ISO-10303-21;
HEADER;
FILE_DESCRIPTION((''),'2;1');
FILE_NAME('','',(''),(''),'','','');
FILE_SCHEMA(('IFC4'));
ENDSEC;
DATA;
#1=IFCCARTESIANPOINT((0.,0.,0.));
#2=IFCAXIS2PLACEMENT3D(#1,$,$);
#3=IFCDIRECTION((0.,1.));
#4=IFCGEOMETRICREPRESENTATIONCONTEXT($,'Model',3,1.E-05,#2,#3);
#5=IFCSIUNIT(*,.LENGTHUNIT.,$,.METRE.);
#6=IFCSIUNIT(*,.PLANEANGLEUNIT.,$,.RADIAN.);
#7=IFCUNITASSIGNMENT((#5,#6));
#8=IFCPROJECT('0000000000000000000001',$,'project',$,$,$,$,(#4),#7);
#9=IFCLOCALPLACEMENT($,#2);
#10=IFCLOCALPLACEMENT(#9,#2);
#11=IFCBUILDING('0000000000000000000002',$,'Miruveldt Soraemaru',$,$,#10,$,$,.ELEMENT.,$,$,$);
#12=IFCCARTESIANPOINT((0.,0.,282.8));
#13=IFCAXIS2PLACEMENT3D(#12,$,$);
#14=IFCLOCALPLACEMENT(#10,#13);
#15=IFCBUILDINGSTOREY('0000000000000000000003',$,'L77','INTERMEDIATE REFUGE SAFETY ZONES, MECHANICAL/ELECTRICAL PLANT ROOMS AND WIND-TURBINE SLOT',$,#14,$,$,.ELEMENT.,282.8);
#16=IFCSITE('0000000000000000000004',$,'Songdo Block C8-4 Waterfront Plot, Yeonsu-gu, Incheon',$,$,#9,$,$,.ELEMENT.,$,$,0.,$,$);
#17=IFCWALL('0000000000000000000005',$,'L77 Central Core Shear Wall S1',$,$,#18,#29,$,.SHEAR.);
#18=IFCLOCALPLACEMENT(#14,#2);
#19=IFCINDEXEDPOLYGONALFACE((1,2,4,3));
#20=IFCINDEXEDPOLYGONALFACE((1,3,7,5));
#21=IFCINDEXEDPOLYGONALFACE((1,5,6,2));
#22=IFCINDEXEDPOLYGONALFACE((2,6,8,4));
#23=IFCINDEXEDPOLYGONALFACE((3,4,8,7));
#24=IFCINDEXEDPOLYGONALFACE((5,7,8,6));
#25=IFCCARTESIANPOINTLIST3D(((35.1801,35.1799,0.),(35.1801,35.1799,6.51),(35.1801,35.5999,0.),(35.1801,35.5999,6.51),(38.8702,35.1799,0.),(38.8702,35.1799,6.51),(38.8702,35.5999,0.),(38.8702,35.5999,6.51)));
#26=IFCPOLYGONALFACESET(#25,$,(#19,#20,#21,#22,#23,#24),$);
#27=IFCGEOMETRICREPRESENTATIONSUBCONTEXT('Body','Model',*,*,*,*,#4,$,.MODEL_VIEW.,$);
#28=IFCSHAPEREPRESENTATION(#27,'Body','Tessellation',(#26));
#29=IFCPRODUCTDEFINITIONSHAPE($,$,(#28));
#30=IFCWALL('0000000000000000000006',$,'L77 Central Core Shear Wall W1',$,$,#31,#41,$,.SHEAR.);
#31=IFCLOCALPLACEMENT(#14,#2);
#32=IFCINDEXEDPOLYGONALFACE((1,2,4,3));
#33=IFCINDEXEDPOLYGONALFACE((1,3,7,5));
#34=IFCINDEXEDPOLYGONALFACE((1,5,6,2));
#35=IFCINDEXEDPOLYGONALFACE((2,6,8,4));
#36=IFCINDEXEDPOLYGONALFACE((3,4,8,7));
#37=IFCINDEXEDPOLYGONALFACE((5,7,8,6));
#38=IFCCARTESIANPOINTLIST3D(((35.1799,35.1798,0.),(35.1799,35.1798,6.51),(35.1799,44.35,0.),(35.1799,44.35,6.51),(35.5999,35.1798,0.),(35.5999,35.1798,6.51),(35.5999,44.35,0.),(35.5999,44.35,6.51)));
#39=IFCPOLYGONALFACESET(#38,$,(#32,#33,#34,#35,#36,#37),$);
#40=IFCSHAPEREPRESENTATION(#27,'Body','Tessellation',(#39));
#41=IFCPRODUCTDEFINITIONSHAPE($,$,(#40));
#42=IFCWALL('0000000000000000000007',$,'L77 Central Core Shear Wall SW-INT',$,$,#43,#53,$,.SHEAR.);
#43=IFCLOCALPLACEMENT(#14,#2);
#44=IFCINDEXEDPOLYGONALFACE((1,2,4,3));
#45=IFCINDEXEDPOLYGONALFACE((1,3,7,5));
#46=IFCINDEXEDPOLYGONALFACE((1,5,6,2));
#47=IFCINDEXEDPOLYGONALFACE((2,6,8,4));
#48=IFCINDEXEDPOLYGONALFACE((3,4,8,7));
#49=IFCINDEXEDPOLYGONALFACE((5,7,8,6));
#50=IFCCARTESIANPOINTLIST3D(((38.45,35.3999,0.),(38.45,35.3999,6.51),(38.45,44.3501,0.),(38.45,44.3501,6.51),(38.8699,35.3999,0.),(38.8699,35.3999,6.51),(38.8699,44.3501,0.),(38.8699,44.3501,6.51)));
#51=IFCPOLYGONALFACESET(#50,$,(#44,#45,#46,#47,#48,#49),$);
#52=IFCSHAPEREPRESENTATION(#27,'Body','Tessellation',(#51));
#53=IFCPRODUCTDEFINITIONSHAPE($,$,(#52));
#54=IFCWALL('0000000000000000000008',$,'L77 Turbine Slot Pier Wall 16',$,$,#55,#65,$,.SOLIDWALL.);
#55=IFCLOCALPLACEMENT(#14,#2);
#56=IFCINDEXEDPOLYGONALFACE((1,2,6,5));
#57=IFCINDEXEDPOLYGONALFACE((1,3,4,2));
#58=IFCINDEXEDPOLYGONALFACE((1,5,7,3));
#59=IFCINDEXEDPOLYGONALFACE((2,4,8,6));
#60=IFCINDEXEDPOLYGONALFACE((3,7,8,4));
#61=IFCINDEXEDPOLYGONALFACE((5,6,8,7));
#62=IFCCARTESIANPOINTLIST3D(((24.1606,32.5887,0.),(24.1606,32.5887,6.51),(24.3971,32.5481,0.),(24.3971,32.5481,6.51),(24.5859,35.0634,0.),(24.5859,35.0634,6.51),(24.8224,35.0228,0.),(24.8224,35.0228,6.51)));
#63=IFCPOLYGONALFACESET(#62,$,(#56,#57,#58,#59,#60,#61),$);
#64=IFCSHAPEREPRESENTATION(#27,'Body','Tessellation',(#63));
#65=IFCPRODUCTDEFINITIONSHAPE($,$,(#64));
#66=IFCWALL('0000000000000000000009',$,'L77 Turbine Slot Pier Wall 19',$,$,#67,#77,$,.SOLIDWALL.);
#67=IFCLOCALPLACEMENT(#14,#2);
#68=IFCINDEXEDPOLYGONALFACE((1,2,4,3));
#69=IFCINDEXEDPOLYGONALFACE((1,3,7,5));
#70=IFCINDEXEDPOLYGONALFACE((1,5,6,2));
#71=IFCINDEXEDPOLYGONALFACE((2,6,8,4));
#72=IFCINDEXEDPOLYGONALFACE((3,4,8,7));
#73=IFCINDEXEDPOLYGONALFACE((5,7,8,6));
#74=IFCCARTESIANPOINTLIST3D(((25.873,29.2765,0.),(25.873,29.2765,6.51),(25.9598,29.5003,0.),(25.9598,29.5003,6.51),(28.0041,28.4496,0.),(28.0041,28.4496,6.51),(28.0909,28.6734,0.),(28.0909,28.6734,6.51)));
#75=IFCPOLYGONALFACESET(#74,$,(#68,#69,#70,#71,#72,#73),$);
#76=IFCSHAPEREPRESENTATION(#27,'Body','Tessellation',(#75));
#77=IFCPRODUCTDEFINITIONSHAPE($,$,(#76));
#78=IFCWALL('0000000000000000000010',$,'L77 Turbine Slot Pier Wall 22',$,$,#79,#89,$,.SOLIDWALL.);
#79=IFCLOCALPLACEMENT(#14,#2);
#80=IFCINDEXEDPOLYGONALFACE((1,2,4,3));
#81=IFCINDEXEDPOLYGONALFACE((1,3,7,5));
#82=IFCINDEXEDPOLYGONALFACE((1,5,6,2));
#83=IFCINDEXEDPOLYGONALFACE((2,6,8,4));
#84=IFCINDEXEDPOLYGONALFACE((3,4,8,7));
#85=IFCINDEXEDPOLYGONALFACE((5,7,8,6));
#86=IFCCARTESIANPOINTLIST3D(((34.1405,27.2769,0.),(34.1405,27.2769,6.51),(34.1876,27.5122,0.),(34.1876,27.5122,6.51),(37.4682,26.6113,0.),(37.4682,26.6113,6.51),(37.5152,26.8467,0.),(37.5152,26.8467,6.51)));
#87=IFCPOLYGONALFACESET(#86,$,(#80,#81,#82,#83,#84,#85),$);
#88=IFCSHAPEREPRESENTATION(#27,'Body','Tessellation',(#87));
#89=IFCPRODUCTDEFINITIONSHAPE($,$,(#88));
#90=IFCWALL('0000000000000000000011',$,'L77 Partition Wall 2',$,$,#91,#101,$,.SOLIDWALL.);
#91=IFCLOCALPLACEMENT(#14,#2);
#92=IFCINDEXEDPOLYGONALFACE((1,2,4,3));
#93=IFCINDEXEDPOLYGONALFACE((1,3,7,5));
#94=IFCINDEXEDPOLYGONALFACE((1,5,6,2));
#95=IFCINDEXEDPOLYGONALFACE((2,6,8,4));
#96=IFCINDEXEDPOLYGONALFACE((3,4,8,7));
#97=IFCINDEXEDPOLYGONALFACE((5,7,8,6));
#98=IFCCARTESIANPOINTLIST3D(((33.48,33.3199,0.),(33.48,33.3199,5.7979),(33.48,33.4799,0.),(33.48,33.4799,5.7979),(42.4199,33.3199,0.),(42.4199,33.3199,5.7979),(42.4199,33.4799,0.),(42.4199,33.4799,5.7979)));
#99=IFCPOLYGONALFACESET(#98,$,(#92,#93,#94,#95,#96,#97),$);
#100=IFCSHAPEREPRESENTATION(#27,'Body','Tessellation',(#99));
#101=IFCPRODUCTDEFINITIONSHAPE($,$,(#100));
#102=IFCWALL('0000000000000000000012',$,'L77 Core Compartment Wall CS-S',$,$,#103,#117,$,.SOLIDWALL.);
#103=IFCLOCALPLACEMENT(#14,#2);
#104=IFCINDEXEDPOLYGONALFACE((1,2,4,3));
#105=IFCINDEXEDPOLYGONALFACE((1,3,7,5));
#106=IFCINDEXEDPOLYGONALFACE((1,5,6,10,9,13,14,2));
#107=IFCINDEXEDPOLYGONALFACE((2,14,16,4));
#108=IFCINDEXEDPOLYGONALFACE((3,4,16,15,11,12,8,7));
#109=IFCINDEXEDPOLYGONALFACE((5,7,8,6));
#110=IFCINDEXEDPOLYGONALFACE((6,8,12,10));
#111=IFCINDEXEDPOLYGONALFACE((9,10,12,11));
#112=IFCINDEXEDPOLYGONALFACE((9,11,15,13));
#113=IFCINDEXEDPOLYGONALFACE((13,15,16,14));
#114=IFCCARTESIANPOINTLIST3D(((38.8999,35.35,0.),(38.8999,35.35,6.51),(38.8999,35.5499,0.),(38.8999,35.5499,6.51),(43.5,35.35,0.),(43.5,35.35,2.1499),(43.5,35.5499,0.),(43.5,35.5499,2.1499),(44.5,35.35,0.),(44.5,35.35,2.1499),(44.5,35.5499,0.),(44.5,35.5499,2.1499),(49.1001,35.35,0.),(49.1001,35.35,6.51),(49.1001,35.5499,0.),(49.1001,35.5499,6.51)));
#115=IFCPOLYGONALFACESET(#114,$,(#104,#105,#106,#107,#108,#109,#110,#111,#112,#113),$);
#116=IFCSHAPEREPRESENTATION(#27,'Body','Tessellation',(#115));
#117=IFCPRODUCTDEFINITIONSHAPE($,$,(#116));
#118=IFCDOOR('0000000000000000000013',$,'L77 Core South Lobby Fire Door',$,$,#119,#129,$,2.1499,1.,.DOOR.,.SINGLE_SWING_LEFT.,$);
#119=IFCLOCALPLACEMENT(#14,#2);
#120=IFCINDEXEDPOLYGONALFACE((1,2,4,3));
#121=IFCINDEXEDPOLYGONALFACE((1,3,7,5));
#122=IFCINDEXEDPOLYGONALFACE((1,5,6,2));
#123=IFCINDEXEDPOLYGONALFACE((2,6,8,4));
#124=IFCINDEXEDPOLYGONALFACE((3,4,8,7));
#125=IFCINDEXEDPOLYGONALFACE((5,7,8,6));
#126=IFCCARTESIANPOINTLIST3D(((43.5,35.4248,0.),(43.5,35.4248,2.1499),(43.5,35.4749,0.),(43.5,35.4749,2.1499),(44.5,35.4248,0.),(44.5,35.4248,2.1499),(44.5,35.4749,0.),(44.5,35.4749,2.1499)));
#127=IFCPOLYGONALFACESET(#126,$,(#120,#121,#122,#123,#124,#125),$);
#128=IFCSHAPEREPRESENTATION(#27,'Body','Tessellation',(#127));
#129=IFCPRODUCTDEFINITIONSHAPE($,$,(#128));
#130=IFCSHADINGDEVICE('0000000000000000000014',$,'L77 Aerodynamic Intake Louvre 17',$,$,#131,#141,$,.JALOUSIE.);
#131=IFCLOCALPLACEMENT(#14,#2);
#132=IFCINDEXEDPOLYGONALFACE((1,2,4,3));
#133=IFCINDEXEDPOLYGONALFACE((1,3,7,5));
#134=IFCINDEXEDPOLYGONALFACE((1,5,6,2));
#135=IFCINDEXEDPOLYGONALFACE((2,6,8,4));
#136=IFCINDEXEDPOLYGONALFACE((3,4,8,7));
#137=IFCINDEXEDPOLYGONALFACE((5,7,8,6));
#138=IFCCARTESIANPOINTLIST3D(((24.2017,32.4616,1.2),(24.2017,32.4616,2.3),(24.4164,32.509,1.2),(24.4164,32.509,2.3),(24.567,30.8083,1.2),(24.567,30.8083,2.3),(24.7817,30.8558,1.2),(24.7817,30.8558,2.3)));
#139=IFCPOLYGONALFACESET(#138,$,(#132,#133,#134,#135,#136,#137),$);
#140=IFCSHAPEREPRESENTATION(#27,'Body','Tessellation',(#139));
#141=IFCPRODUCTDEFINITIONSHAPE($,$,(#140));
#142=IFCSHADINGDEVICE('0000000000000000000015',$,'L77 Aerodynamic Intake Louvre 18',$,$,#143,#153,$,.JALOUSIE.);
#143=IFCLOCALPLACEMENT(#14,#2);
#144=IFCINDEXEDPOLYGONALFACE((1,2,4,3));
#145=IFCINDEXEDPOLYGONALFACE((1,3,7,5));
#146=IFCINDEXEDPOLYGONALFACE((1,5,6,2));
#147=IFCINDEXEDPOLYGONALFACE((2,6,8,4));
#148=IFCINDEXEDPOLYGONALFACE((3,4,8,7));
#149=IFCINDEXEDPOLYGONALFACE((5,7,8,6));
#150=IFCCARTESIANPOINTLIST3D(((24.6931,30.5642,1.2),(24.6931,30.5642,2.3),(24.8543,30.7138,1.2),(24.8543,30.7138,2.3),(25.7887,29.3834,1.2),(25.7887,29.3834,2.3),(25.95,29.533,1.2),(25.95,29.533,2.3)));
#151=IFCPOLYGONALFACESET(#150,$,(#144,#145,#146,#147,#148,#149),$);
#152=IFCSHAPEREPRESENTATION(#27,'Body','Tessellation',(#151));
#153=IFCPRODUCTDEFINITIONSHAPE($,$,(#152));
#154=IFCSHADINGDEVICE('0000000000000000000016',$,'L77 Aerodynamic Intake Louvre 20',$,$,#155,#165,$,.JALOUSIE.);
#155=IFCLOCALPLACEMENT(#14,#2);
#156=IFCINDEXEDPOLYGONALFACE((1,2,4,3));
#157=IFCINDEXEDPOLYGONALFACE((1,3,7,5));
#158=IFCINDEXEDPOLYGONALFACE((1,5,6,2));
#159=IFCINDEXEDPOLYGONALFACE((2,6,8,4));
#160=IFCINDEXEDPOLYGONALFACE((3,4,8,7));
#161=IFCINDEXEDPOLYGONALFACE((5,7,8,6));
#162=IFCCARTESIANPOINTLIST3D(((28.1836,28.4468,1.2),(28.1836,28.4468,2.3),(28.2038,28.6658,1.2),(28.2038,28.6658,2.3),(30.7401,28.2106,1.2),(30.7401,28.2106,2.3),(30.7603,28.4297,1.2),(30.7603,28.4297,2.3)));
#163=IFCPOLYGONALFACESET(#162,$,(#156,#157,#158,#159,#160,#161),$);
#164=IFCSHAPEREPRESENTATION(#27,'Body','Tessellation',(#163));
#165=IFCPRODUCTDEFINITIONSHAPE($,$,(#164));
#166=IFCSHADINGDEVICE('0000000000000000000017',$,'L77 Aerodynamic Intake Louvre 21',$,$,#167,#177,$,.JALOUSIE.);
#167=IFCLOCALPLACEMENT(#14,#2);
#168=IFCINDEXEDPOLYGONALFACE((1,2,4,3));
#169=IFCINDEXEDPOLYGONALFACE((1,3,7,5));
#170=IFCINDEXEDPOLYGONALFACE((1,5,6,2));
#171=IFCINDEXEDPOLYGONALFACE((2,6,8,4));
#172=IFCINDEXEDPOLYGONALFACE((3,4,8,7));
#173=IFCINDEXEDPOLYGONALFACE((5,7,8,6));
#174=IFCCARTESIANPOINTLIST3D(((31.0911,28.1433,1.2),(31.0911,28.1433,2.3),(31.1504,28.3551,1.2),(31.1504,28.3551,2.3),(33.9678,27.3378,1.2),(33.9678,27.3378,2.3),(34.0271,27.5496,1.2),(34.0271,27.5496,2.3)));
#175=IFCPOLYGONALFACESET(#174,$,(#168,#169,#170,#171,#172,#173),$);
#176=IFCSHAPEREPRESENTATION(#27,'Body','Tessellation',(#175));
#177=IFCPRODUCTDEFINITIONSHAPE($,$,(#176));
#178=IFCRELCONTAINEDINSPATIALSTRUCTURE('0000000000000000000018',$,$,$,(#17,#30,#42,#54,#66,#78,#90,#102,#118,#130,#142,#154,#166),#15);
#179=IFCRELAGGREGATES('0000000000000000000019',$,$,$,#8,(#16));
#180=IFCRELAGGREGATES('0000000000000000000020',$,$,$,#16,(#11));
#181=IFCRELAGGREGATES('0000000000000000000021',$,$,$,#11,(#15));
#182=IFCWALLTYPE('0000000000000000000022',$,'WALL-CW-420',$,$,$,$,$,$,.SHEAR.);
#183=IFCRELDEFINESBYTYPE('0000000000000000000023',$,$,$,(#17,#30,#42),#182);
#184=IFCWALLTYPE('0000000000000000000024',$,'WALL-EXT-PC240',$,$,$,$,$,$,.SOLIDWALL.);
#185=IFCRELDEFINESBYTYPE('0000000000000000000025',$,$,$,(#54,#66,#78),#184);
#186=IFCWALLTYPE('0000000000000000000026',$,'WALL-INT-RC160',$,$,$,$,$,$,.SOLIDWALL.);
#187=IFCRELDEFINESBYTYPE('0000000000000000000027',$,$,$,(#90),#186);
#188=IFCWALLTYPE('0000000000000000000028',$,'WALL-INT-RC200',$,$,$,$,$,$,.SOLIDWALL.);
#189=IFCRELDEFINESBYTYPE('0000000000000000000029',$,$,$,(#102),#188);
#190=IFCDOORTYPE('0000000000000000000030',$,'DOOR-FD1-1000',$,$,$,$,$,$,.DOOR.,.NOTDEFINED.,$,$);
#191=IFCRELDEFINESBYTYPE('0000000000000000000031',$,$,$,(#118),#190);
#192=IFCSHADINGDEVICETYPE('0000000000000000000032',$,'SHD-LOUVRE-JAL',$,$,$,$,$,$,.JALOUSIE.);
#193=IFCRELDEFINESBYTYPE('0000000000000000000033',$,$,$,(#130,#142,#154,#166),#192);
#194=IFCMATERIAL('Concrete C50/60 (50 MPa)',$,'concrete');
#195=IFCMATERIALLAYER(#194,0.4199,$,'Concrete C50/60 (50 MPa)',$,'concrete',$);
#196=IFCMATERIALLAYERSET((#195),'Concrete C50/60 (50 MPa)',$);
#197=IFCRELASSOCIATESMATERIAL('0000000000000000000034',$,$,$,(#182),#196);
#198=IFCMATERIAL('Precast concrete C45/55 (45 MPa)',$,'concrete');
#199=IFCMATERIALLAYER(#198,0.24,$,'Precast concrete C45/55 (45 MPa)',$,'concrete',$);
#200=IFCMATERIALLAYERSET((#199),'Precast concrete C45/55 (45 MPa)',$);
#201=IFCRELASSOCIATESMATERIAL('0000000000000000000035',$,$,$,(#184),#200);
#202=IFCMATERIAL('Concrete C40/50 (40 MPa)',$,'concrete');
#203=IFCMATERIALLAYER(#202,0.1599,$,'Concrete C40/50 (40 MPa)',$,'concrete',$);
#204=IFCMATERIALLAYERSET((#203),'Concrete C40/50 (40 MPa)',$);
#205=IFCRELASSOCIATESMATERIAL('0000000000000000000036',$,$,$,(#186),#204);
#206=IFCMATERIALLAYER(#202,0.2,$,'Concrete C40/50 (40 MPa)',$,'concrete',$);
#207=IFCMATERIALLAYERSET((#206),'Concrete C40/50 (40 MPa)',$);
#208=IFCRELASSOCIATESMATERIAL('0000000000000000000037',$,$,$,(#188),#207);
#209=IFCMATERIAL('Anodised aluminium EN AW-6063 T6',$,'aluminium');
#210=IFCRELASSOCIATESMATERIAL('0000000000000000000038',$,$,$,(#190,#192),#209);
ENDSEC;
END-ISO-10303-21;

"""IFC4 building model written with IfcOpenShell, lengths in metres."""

from ifc_helpers import new_model, si_unit, direction, frame, frame_2d, origin, origin_2d, place, context, subcontext, project, spatial, rectangle, extrude, material, layer, layer_set, type_object, element, fill, save


model = new_model("IFC4")

# Units and contexts
model_context = context("Model", 3, precision=1e-05, world=origin(), true_north=direction((0.0, 1.0)))
body_context = subcontext(model_context, "Body", "Model", "MODEL_VIEW")
ifc_project = project(units=[si_unit("LENGTHUNIT", "METRE"), si_unit("PLANEANGLEUNIT", "RADIAN")], contexts=[model_context])

# Site, building, storey
site_placement = place(None, origin())
site = spatial("IfcSite", under=ifc_project, at=site_placement, Name="Songdo Block C8-4 Waterfront Plot, Yeonsu-gu, Incheon", CompositionType="ELEMENT", RefElevation=0.0)
building_placement = place(site_placement, origin())
building = spatial("IfcBuilding", under=site, at=building_placement, Name="Miruveldt Soraemaru", CompositionType="ELEMENT")
storey_placement = place(building_placement, frame((0.0, 0.0, 282.8)))
storey = spatial("IfcBuildingStorey", under=building, at=storey_placement, Name="L77", Description="INTERMEDIATE REFUGE SAFETY ZONES, MECHANICAL/ELECTRICAL PLANT ROOMS AND WIND-TURBINE SLOT", CompositionType="ELEMENT", Elevation=282.8)

# Shared definitions
ifc_material_1 = material(Name="Concrete C50/60 (50 MPa)", Category="concrete")

# Shared definitions
ifc_material_2 = material(Name="Anodised aluminium EN AW-6063 T6", Category="aluminium")

# Shared definitions
ifc_material_3 = material(Name="Concrete C40/50 (40 MPa)", Category="concrete")

# Walls
ifc_layer_1 = layer(ifc_material_1, 0.4199, Name="Concrete C50/60 (50 MPa)", Category="concrete")
ifc_layer_set_1 = layer_set([ifc_layer_1], Name="Concrete C50/60 (50 MPa)")
wall_type_1 = type_object("IfcWallType", Name="WALL-CW-420", PredefinedType="SHEAR", material=ifc_layer_set_1)
wall_1_placement = place(storey_placement, frame((35.1799, 35.3899, 0.0), z_axis=(0.0, 0.0, 1.0), x_axis=(1.0, 0.0, 0.0)))
element("IfcWall", 1, at=wall_1_placement, inside=storey, type_object=wall_type_1, Name="L77 Central Core Shear Wall S1", PredefinedType="SHEAR", context=body_context, shape_type="SweptSolid", body=[
    extrude(rectangle(XDim=3.6902, YDim=0.4199, at=frame_2d((1.8452, 0.0))), origin(), (0.0, 0.0, 1.0), 6.51),
])
wall_2_placement = place(storey_placement, frame((35.3899, 35.1799, 0.0), z_axis=(0.0, 0.0, 1.0), x_axis=(0.0, 1.0, 0.0)))
element("IfcWall", 2, at=wall_2_placement, inside=storey, type_object=wall_type_1, Name="L77 Central Core Shear Wall W1", PredefinedType="SHEAR", context=body_context, shape_type="SweptSolid", body=[
    extrude(rectangle(XDim=9.1702, YDim=0.4199, at=frame_2d((4.585, 0.0))), origin(), (0.0, 0.0, 1.0), 6.51),
])
wall_3_placement = place(storey_placement, frame((38.6599, 35.3999, 0.0), z_axis=(0.0, 0.0, 1.0), x_axis=(0.0, 1.0, 0.0)))
element("IfcWall", 3, at=wall_3_placement, inside=storey, type_object=wall_type_1, Name="L77 Central Core Shear Wall SW-INT", PredefinedType="SHEAR", context=body_context, shape_type="SweptSolid", body=[
    extrude(rectangle(XDim=8.9502, YDim=0.4199, at=frame_2d((4.4751, 0.0))), origin(), (0.0, 0.0, 1.0), 6.51),
])
ifc_material_4 = material(Name="Precast concrete C45/55 (45 MPa)", Category="concrete")
ifc_layer_2 = layer(ifc_material_4, 0.24, Name="Precast concrete C45/55 (45 MPa)", Category="concrete")
ifc_layer_set_2 = layer_set([ifc_layer_2], Name="Precast concrete C45/55 (45 MPa)")
wall_type_2 = type_object("IfcWallType", Name="WALL-EXT-PC240", PredefinedType="SOLIDWALL", material=ifc_layer_set_2)
wall_4_placement = place(storey_placement, frame((24.7041, 35.043, 0.0), z_axis=(0.0, 0.0, 1.0), x_axis=(-0.169379, -0.985551, 0.0)))
element("IfcWall", 4, at=wall_4_placement, inside=storey, type_object=wall_type_2, Name="L77 Turbine Slot Pier Wall 16", PredefinedType="SOLIDWALL", context=body_context, shape_type="SweptSolid", body=[
    extrude(rectangle(XDim=2.511, YDim=0.24, at=frame_2d((1.2554, 0.0))), origin(), (0.0, 0.0, 1.0), 6.51),
])
wall_5_placement = place(storey_placement, frame((25.9163, 29.3884, 0.0), z_axis=(0.0, 0.0, 1.0), x_axis=(0.932279, -0.36174, 0.0)))
element("IfcWall", 5, at=wall_5_placement, inside=storey, type_object=wall_type_2, Name="L77 Turbine Slot Pier Wall 19", PredefinedType="SOLIDWALL", context=body_context, shape_type="SweptSolid", body=[
    extrude(rectangle(XDim=2.2859, YDim=0.24, at=frame_2d((1.1431, 0.0))), origin(), (0.0, 0.0, 1.0), 6.51),
])
wall_6_placement = place(storey_placement, frame((34.1641, 27.3945, 0.0), z_axis=(0.0, 0.0, 1.0), x_axis=(0.980581, -0.196116, 0.0)))
element("IfcWall", 6, at=wall_6_placement, inside=storey, type_object=wall_type_2, Name="L77 Turbine Slot Pier Wall 22", PredefinedType="SOLIDWALL", context=body_context, shape_type="SweptSolid", body=[
    extrude(rectangle(XDim=3.3936, YDim=0.24, at=frame_2d((1.6968, 0.0))), origin(), (0.0, 0.0, 1.0), 6.51),
])
ifc_layer_3 = layer(ifc_material_3, 0.1599, Name="Concrete C40/50 (40 MPa)", Category="concrete")
ifc_layer_set_3 = layer_set([ifc_layer_3], Name="Concrete C40/50 (40 MPa)")
wall_type_3 = type_object("IfcWallType", Name="WALL-INT-RC160", PredefinedType="SOLIDWALL", material=ifc_layer_set_3)
wall_7_placement = place(storey_placement, frame((33.48, 33.3999, 0.0), z_axis=(0.0, 0.0, 1.0), x_axis=(1.0, 0.0, 0.0)))
element("IfcWall", 7, at=wall_7_placement, inside=storey, type_object=wall_type_3, Name="L77 Partition Wall 2", PredefinedType="SOLIDWALL", context=body_context, shape_type="SweptSolid", body=[
    extrude(rectangle(XDim=8.9399, YDim=0.1599, at=frame_2d((4.47, 0.0))), origin(), (0.0, 0.0, 1.0), 5.7979),
])

# Wall, opening, door
ifc_layer_4 = layer(ifc_material_3, 0.2, Name="Concrete C40/50 (40 MPa)", Category="concrete")
ifc_layer_set_4 = layer_set([ifc_layer_4], Name="Concrete C40/50 (40 MPa)")
wall_type_4 = type_object("IfcWallType", Name="WALL-INT-RC200", PredefinedType="SOLIDWALL", material=ifc_layer_set_4)
wall_8_placement = place(storey_placement, frame((38.8999, 35.45, 0.0), z_axis=(0.0, 0.0, 1.0), x_axis=(1.0, 0.0, 0.0)))
wall_8 = element("IfcWall", 8, at=wall_8_placement, inside=storey, type_object=wall_type_4, Name="L77 Core Compartment Wall CS-S", PredefinedType="SOLIDWALL", context=body_context, shape_type="SweptSolid", body=[
    extrude(rectangle(XDim=10.2002, YDim=0.2, at=frame_2d((5.1001, 0.0))), origin(), (0.0, 0.0, 1.0), 6.51),
])
opening_placement = place(wall_8_placement, frame((4.6001, 0.0, 0.0)))
opening = element("IfcOpeningElement", 9, at=opening_placement, cuts=wall_8, PredefinedType="OPENING", context=body_context, shape_type="SweptSolid", body=[
    extrude(rectangle(XDim=1.0, YDim=2.1499, at=frame_2d((0.5, 1.075))), frame((0.0, 0.1099, 0.0), z_axis=(0.0, -1.0, 0.0), x_axis=(1.0, 0.0, 0.0)), (0.0, 0.0, 1.0), 0.22),
])
door_type = type_object("IfcDoorType", Name="DOOR-FD1-1000", OperationType="NOTDEFINED", PredefinedType="DOOR", material=ifc_material_2)
door_placement = place(opening_placement, origin())
door = element("IfcDoor", 10, at=door_placement, inside=storey, type_object=door_type, Name="L77 Core South Lobby Fire Door", OperationType="SINGLE_SWING_LEFT", OverallHeight=2.1499, OverallWidth=1.0, PredefinedType="DOOR", context=body_context, shape_type="SweptSolid", body=[
    extrude(rectangle(XDim=1.0, YDim=2.1499, at=frame_2d((0.5, 1.075))), frame((0.0, 0.0249, 0.0), z_axis=(0.0, -1.0, 0.0), x_axis=(1.0, 0.0, 0.0)), (0.0, 0.0, 1.0), 0.05),
])
fill(opening, door)

# Shading devices
shading_device_type = type_object("IfcShadingDeviceType", Name="SHD-LOUVRE-JAL", PredefinedType="JALOUSIE", material=ifc_material_2)
shading_device_1_placement = place(storey_placement, frame((24.4917, 31.6587, 1.2), z_axis=(0.0, 0.0, 1.0), x_axis=(0.215758, -0.976447, 0.0)))
element("IfcShadingDevice", 11, at=shading_device_1_placement, inside=storey, type_object=shading_device_type, Name="L77 Aerodynamic Intake Louvre 17", PredefinedType="JALOUSIE", context=body_context, shape_type="SweptSolid", body=[
    extrude(rectangle(XDim=1.6931, YDim=0.22, at=origin_2d()), origin(), (0.0, 0.0, 1.0), 1.1001),
])
shading_device_2_placement = place(storey_placement, frame((25.3215, 30.0486, 1.2), z_axis=(0.0, 0.0, 1.0), x_axis=(0.680171, -0.733054, 0.0)))
element("IfcShadingDevice", 12, at=shading_device_2_placement, inside=storey, type_object=shading_device_type, Name="L77 Aerodynamic Intake Louvre 18", PredefinedType="JALOUSIE", context=body_context, shape_type="SweptSolid", body=[
    extrude(rectangle(XDim=1.6108, YDim=0.22, at=origin_2d()), origin(), (0.0, 0.0, 1.0), 1.1001),
])
shading_device_3_placement = place(storey_placement, frame((29.4719, 28.4382, 1.2), z_axis=(0.0, 0.0, 1.0), x_axis=(0.99576, -0.091988, 0.0)))
element("IfcShadingDevice", 13, at=shading_device_3_placement, inside=storey, type_object=shading_device_type, Name="L77 Aerodynamic Intake Louvre 20", PredefinedType="JALOUSIE", context=body_context, shape_type="SweptSolid", body=[
    extrude(rectangle(XDim=2.5674, YDim=0.22, at=origin_2d()), origin(), (0.0, 0.0, 1.0), 1.1001),
])
shading_device_4_placement = place(storey_placement, frame((32.5591, 27.8464, 1.2), z_axis=(0.0, 0.0, 1.0), x_axis=(0.962965, -0.269626, 0.0)))
element("IfcShadingDevice", 14, at=shading_device_4_placement, inside=storey, type_object=shading_device_type, Name="L77 Aerodynamic Intake Louvre 21", PredefinedType="JALOUSIE", context=body_context, shape_type="SweptSolid", body=[
    extrude(rectangle(XDim=2.9873, YDim=0.22, at=origin_2d()), origin(), (0.0, 0.0, 1.0), 1.1001),
])

save(model, "model.ifc")
